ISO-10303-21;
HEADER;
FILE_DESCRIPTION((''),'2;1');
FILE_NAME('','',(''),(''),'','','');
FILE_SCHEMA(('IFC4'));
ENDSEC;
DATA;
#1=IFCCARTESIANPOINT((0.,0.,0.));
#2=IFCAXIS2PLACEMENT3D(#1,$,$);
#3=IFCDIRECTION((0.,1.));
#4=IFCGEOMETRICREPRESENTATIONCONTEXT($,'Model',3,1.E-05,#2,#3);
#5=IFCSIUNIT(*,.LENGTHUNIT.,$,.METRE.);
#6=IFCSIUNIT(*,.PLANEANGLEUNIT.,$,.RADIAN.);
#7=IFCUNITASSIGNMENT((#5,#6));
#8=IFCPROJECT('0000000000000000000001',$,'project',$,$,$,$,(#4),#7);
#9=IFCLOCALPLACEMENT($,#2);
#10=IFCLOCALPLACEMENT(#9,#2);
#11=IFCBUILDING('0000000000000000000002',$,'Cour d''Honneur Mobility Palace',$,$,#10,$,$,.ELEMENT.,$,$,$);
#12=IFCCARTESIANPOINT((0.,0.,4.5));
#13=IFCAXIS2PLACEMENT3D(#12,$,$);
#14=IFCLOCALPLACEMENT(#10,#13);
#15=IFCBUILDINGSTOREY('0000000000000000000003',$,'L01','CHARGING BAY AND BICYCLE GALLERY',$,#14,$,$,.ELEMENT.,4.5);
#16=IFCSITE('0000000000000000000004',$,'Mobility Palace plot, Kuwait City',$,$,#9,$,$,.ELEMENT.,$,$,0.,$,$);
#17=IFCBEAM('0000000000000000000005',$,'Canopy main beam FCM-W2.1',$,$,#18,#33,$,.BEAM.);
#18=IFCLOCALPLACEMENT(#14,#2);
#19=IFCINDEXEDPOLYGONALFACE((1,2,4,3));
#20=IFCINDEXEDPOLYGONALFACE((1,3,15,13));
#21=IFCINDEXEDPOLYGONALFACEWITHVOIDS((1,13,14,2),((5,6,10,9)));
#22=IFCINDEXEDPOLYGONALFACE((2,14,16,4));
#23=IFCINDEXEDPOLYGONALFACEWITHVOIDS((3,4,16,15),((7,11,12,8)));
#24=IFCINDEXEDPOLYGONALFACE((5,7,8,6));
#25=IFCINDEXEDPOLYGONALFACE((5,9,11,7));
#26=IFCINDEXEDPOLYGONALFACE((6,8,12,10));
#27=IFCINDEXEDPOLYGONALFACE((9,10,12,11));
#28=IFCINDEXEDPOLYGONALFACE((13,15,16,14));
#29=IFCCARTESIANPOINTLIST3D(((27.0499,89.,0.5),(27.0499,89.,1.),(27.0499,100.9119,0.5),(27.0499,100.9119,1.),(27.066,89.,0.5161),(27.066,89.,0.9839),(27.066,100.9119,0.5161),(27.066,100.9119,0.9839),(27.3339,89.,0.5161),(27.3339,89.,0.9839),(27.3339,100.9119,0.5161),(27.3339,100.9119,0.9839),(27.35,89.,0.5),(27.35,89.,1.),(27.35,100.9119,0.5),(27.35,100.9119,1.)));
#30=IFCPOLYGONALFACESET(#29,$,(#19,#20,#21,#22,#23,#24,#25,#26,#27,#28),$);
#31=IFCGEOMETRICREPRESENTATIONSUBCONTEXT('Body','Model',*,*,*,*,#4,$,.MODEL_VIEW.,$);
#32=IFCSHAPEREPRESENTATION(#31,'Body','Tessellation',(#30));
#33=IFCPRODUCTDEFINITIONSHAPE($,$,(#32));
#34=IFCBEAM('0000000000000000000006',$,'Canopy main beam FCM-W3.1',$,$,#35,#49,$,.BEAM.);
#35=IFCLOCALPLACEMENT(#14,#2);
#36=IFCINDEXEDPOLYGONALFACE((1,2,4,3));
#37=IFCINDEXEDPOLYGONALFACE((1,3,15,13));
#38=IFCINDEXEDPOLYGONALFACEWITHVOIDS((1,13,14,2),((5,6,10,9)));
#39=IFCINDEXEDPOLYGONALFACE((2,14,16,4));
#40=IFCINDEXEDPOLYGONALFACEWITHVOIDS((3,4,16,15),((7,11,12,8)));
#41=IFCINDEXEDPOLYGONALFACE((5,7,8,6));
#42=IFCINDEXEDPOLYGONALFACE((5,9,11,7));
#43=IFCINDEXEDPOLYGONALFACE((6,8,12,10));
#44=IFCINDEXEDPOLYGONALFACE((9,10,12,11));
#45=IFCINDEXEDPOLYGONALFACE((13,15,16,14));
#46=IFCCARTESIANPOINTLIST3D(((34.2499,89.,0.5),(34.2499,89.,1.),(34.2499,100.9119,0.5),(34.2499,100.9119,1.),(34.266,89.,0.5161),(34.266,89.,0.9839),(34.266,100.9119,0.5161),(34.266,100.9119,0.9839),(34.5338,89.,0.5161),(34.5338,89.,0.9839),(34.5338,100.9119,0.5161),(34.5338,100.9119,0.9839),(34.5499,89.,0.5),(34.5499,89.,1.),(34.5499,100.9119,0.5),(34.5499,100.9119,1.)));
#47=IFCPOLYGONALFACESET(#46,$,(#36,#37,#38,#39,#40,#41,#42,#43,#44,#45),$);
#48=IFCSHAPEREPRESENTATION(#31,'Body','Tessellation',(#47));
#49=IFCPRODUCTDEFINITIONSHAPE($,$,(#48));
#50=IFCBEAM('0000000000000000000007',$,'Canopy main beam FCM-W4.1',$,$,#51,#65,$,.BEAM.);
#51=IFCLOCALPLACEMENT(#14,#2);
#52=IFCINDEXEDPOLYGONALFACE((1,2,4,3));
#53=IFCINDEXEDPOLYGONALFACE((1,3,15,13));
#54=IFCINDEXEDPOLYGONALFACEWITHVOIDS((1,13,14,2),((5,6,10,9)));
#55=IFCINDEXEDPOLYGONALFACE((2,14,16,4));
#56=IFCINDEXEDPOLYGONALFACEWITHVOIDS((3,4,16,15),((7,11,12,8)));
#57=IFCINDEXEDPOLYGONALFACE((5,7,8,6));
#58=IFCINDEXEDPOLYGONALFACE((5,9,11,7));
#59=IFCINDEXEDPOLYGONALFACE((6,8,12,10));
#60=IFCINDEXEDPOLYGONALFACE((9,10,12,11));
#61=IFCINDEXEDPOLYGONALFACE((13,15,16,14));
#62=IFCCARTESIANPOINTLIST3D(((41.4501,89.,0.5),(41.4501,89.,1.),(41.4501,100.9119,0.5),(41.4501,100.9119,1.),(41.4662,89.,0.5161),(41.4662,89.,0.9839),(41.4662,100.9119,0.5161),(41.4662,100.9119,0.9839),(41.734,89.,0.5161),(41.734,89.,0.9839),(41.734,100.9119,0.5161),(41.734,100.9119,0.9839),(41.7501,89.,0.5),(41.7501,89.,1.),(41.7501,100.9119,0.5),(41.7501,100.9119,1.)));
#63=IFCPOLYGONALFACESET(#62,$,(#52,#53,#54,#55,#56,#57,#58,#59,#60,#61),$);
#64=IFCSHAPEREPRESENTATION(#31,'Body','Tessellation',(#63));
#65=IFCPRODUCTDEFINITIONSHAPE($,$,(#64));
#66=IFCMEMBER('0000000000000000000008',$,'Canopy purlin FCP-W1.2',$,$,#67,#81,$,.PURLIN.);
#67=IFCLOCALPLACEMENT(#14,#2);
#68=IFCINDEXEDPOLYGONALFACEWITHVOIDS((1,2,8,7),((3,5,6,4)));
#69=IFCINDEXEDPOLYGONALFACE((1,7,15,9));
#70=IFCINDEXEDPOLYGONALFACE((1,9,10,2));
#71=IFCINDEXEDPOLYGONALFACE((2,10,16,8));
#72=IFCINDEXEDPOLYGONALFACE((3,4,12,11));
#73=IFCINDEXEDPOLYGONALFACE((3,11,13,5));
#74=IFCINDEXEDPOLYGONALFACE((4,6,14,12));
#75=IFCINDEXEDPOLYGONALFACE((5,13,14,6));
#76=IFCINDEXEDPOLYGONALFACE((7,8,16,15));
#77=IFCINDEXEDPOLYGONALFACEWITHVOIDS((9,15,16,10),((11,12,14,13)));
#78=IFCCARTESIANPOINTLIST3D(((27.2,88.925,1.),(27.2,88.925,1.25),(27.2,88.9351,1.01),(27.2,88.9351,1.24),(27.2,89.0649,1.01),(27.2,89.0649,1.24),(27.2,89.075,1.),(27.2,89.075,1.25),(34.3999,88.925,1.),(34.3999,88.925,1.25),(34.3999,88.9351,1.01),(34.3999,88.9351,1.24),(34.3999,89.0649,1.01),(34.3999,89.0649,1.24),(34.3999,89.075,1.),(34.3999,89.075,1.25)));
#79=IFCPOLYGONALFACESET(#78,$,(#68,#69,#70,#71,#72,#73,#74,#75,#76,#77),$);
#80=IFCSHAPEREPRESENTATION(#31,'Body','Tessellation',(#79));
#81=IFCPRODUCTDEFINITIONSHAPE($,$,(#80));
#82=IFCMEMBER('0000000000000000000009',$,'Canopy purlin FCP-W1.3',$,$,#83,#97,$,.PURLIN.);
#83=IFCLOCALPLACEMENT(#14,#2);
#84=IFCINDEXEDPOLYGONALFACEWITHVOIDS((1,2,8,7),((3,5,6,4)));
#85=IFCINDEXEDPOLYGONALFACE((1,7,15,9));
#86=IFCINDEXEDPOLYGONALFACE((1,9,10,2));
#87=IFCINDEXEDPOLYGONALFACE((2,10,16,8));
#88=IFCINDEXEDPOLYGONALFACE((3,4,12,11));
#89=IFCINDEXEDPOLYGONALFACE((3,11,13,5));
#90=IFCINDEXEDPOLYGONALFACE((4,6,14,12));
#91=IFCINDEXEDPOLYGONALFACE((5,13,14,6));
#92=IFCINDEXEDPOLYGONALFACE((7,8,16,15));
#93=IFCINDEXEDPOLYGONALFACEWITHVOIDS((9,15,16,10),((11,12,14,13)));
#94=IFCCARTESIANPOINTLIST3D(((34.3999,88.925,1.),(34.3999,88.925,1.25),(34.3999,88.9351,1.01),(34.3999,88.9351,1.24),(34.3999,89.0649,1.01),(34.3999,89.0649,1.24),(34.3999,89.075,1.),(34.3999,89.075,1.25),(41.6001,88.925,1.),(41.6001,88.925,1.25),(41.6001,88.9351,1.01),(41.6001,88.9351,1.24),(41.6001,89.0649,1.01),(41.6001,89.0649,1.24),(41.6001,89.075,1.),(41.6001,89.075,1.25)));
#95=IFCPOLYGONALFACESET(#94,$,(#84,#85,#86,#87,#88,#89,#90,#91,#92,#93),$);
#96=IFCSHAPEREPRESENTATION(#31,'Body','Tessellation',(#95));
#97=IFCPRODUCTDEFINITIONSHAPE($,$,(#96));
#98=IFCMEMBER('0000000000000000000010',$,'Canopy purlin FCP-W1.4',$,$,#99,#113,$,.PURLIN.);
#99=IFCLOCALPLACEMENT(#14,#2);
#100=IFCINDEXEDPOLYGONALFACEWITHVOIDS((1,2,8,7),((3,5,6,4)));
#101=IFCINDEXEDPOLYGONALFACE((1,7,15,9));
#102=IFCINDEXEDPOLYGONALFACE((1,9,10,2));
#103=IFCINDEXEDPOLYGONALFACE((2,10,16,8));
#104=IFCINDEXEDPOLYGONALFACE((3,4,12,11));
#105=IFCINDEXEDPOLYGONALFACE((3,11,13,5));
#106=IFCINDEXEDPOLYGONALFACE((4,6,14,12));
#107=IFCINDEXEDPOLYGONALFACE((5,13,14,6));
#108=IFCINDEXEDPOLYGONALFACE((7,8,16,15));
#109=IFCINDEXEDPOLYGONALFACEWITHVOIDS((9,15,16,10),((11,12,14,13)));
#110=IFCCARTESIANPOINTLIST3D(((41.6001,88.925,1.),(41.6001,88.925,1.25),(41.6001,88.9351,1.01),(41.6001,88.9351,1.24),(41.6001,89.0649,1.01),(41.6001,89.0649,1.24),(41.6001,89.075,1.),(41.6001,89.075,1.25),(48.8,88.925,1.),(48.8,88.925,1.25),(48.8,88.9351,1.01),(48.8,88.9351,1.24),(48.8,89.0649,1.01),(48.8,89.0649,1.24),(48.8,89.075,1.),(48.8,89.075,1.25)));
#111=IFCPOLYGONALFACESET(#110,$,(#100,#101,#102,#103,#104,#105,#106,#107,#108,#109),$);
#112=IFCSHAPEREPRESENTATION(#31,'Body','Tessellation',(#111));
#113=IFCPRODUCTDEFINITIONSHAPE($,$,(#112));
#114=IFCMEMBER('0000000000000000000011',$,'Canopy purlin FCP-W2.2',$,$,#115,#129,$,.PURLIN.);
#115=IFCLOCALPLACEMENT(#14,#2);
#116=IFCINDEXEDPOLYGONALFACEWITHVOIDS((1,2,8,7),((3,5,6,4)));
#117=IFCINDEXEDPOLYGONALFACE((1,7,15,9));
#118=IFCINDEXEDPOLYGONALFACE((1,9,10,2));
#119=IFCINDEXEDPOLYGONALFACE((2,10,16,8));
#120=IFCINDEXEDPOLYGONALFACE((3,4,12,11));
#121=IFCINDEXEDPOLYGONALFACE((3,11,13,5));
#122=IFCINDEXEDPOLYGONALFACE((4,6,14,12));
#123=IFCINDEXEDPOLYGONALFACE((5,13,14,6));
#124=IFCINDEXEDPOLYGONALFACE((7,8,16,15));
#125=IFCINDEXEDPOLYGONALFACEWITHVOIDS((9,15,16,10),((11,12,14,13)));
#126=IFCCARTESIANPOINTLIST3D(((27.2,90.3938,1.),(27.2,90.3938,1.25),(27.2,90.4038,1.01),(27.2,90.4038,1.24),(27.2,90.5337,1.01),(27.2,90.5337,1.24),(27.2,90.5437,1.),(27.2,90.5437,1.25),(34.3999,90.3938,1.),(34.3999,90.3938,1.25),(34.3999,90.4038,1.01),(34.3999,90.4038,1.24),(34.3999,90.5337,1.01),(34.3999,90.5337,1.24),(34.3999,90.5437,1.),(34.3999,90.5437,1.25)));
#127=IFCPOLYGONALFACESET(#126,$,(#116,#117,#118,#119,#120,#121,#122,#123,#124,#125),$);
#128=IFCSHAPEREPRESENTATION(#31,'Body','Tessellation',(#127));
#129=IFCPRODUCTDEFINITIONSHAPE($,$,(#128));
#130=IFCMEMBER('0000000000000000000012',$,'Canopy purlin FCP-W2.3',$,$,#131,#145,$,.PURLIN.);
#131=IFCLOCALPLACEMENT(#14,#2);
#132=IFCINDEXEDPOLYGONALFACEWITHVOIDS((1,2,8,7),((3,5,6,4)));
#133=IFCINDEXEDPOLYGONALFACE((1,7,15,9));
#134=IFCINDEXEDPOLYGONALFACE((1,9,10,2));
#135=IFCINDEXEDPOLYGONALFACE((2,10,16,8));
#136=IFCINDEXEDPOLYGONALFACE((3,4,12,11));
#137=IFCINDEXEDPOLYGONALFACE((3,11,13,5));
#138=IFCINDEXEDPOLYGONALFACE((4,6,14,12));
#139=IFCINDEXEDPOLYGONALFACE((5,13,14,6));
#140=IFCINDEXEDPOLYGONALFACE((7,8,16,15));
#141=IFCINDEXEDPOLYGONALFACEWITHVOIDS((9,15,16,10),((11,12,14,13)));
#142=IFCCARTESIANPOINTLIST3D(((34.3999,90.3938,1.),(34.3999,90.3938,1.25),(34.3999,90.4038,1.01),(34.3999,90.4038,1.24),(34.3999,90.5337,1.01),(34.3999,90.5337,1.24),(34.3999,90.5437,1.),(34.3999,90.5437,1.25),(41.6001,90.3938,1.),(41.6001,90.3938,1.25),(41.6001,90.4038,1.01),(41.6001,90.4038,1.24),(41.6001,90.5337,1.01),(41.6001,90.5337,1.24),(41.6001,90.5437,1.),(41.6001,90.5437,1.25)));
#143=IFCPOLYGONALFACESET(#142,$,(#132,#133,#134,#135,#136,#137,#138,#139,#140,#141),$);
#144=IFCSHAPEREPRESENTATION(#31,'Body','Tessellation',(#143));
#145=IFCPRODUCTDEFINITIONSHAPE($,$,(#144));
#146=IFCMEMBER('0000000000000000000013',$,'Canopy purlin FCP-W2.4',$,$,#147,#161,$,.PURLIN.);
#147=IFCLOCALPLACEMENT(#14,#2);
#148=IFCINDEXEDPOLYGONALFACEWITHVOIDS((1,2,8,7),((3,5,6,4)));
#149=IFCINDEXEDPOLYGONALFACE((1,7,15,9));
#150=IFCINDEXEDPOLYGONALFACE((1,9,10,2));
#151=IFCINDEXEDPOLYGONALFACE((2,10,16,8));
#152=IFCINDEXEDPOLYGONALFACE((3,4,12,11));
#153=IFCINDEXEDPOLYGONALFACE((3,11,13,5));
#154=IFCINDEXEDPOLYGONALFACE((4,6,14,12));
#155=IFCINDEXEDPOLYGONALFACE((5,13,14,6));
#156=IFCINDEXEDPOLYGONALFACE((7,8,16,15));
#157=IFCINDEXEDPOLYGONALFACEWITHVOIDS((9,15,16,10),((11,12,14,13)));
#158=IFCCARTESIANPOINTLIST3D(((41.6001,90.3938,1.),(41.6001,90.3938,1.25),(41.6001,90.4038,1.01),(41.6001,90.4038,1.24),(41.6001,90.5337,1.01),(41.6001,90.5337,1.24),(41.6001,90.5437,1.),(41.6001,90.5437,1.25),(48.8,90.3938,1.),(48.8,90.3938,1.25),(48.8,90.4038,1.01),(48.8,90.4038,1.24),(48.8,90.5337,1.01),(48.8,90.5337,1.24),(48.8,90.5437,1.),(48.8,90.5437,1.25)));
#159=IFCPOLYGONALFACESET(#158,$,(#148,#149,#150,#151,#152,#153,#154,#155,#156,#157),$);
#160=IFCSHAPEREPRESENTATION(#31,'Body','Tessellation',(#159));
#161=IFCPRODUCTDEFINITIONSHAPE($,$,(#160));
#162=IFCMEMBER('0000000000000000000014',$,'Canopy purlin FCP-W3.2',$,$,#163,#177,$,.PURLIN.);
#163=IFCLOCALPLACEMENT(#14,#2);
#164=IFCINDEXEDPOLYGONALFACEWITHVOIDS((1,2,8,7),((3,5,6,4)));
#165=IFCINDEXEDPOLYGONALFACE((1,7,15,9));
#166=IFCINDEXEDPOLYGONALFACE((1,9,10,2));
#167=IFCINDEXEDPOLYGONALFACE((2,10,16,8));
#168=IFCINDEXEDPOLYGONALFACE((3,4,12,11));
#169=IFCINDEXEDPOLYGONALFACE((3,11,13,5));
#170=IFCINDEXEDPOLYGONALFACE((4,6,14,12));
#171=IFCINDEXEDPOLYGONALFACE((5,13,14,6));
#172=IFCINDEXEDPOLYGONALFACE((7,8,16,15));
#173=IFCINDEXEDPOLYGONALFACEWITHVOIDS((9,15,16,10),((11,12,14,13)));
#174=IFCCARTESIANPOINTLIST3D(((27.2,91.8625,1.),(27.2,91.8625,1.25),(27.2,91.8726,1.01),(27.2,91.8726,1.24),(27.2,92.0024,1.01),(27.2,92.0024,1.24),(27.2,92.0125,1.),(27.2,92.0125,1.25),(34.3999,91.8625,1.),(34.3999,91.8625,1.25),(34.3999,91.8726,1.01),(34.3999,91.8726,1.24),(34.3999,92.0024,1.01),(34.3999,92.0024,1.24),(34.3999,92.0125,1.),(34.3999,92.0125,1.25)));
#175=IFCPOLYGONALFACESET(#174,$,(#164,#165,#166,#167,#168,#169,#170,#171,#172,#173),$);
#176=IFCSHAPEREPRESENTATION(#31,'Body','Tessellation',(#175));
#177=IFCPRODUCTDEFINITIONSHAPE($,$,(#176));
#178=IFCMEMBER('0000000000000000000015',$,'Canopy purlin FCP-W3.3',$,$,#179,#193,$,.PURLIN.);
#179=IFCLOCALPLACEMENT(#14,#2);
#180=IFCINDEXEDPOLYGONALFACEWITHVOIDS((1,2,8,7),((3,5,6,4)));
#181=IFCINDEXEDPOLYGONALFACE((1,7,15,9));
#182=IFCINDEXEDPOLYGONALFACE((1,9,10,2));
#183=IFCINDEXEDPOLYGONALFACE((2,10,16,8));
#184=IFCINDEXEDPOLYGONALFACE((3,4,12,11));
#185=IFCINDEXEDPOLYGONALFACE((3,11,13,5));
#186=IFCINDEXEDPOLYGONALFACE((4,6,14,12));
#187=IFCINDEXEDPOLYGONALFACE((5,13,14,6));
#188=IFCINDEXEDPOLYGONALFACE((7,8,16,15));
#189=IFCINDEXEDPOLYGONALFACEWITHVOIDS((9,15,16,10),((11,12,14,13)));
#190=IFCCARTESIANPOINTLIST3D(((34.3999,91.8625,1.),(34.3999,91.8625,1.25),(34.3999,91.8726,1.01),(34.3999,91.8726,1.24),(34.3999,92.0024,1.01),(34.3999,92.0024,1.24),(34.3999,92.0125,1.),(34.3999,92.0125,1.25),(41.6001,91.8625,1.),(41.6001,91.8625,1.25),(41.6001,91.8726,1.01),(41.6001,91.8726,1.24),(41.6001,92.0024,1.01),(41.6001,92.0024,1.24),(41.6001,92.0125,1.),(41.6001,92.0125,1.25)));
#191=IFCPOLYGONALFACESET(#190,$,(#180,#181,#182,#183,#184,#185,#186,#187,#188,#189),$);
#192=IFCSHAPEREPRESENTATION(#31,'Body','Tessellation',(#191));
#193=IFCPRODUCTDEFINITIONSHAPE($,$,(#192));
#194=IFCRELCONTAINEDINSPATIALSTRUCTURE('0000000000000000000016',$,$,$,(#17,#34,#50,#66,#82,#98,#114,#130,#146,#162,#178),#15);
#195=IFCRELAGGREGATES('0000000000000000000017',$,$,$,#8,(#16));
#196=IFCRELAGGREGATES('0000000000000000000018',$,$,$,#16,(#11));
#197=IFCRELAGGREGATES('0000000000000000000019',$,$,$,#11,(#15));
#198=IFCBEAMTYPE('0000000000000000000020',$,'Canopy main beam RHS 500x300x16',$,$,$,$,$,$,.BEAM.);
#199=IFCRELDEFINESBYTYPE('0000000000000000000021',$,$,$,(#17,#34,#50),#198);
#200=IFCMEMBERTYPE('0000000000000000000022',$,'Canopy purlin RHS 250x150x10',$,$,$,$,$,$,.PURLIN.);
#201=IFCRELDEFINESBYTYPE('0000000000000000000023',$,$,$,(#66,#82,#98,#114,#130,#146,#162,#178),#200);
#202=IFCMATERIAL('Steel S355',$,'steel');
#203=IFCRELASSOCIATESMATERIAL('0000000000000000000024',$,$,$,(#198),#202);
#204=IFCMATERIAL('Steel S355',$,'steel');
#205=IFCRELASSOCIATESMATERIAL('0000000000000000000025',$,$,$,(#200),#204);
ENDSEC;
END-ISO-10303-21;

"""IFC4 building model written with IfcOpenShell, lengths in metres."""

from ifc_helpers import new_model, si_unit, direction, frame, origin, origin_2d, place, context, subcontext, project, spatial, hollow_rectangle, extrude, material, material_profile, profile_set, type_object, element, save


model = new_model("IFC4")

# Units and contexts
model_context = context("Model", 3, precision=1e-05, world=origin(), true_north=direction((0.0, 1.0)))
body_context = subcontext(model_context, "Body", "Model", "MODEL_VIEW")
ifc_project = project(units=[si_unit("LENGTHUNIT", "METRE"), si_unit("PLANEANGLEUNIT", "RADIAN")], contexts=[model_context])

# Site, building, storey
site_placement = place(None, origin())
site = spatial("IfcSite", under=ifc_project, at=site_placement, Name="Mobility Palace plot, Kuwait City", CompositionType="ELEMENT", RefElevation=0.0)
building_placement = place(site_placement, origin())
building = spatial("IfcBuilding", under=site, at=building_placement, Name="Cour d'Honneur Mobility Palace", CompositionType="ELEMENT")
storey_placement = place(building_placement, frame((0.0, 0.0, 4.5)))
storey = spatial("IfcBuildingStorey", under=building, at=storey_placement, Name="L01", Description="CHARGING BAY AND BICYCLE GALLERY", CompositionType="ELEMENT", Elevation=4.5)

# Beams
ifc_material_1 = material(Name="Steel S355", Category="steel")
ifc_material_profile_1 = material_profile(ifc_material_1, hollow_rectangle(XDim=0.3, YDim=0.5, WallThickness=0.0161, at=origin_2d()), Name="RHS 500x300x16")
ifc_profile_set_1 = profile_set([ifc_material_profile_1], Name="Steel S355")
beam_type_1 = type_object("IfcBeamType", Name="Canopy main beam RHS 500x300x16", PredefinedType="BEAM", material=ifc_profile_set_1)
for number, where, z_axis, x_axis, name in (
    (1, (27.2, 89.0, 0.75), (0.0, 1.0, 0.0), (-1.0, 0.0, 0.0), "Canopy main beam FCM-W2.1"),
    (2, (34.3999, 89.0, 0.75), (0.0, 1.0, 0.0), (-1.0, 0.0, 0.0), "Canopy main beam FCM-W3.1"),
    (3, (41.6001, 89.0, 0.75), (0.0, 1.0, 0.0), (-1.0, 0.0, 0.0), "Canopy main beam FCM-W4.1"),
):
    element("IfcBeam", number, at=place(storey_placement, frame(where, z_axis=z_axis, x_axis=x_axis)), inside=storey, type_object=beam_type_1, Name=name, PredefinedType="BEAM", context=body_context, shape_type="SweptSolid", body=[
        extrude(hollow_rectangle(XDim=0.3, YDim=0.5, WallThickness=0.0161, at=origin_2d()), origin(), (0.0, 0.0, 1.0), 11.9119),
    ])

# Members
ifc_material_2 = material(Name="Steel S355", Category="steel")
ifc_material_profile_2 = material_profile(ifc_material_2, hollow_rectangle(XDim=0.1499, YDim=0.25, WallThickness=0.01, at=origin_2d()), Name="RHS 250x150x10")
ifc_profile_set_2 = profile_set([ifc_material_profile_2], Name="Steel S355")
member_type = type_object("IfcMemberType", Name="Canopy purlin RHS 250x150x10", PredefinedType="PURLIN", material=ifc_profile_set_2)
member_1_placement = place(storey_placement, frame((27.2, 89.0, 1.125), z_axis=(1.0, 0.0, 0.0), x_axis=(0.0, 1.0, 0.0)))
element("IfcMember", 4, at=member_1_placement, inside=storey, type_object=member_type, Name="Canopy purlin FCP-W1.2", PredefinedType="PURLIN", context=body_context, shape_type="SweptSolid", body=[
    extrude(hollow_rectangle(XDim=0.1499, YDim=0.25, WallThickness=0.01, at=origin_2d()), origin(), (0.0, 0.0, 1.0), 7.2),
])
member_2_placement = place(storey_placement, frame((34.3999, 89.0, 1.125), z_axis=(1.0, 0.0, 0.0), x_axis=(0.0, 1.0, 0.0)))
element("IfcMember", 5, at=member_2_placement, inside=storey, type_object=member_type, Name="Canopy purlin FCP-W1.3", PredefinedType="PURLIN", context=body_context, shape_type="SweptSolid", body=[
    extrude(hollow_rectangle(XDim=0.1499, YDim=0.25, WallThickness=0.01, at=origin_2d()), origin(), (0.0, 0.0, 1.0), 7.2002),
])
for number, where, z_axis, x_axis, name in (
    (6, (41.6001, 89.0, 1.125), (1.0, 0.0, 0.0), (0.0, 1.0, 0.0), "Canopy purlin FCP-W1.4"),
    (7, (27.2, 90.4688, 1.125), (1.0, 0.0, 0.0), (0.0, 1.0, 0.0), "Canopy purlin FCP-W2.2"),
):
    element("IfcMember", number, at=place(storey_placement, frame(where, z_axis=z_axis, x_axis=x_axis)), inside=storey, type_object=member_type, Name=name, PredefinedType="PURLIN", context=body_context, shape_type="SweptSolid", body=[
        extrude(hollow_rectangle(XDim=0.1499, YDim=0.25, WallThickness=0.01, at=origin_2d()), origin(), (0.0, 0.0, 1.0), 7.2),
    ])
member_3_placement = place(storey_placement, frame((34.3999, 90.4688, 1.125), z_axis=(1.0, 0.0, 0.0), x_axis=(0.0, 1.0, 0.0)))
element("IfcMember", 8, at=member_3_placement, inside=storey, type_object=member_type, Name="Canopy purlin FCP-W2.3", PredefinedType="PURLIN", context=body_context, shape_type="SweptSolid", body=[
    extrude(hollow_rectangle(XDim=0.1499, YDim=0.25, WallThickness=0.01, at=origin_2d()), origin(), (0.0, 0.0, 1.0), 7.2002),
])
for number, where, z_axis, x_axis, name in (
    (9, (41.6001, 90.4688, 1.125), (1.0, 0.0, 0.0), (0.0, 1.0, 0.0), "Canopy purlin FCP-W2.4"),
    (10, (27.2, 91.9375, 1.125), (1.0, 0.0, 0.0), (0.0, 1.0, 0.0), "Canopy purlin FCP-W3.2"),
):
    element("IfcMember", number, at=place(storey_placement, frame(where, z_axis=z_axis, x_axis=x_axis)), inside=storey, type_object=member_type, Name=name, PredefinedType="PURLIN", context=body_context, shape_type="SweptSolid", body=[
        extrude(hollow_rectangle(XDim=0.1499, YDim=0.25, WallThickness=0.01, at=origin_2d()), origin(), (0.0, 0.0, 1.0), 7.2),
    ])
member_4_placement = place(storey_placement, frame((34.3999, 91.9375, 1.125), z_axis=(1.0, 0.0, 0.0), x_axis=(0.0, 1.0, 0.0)))
element("IfcMember", 11, at=member_4_placement, inside=storey, type_object=member_type, Name="Canopy purlin FCP-W3.3", PredefinedType="PURLIN", context=body_context, shape_type="SweptSolid", body=[
    extrude(hollow_rectangle(XDim=0.1499, YDim=0.25, WallThickness=0.01, at=origin_2d()), origin(), (0.0, 0.0, 1.0), 7.2002),
])

save(model, "model.ifc")
